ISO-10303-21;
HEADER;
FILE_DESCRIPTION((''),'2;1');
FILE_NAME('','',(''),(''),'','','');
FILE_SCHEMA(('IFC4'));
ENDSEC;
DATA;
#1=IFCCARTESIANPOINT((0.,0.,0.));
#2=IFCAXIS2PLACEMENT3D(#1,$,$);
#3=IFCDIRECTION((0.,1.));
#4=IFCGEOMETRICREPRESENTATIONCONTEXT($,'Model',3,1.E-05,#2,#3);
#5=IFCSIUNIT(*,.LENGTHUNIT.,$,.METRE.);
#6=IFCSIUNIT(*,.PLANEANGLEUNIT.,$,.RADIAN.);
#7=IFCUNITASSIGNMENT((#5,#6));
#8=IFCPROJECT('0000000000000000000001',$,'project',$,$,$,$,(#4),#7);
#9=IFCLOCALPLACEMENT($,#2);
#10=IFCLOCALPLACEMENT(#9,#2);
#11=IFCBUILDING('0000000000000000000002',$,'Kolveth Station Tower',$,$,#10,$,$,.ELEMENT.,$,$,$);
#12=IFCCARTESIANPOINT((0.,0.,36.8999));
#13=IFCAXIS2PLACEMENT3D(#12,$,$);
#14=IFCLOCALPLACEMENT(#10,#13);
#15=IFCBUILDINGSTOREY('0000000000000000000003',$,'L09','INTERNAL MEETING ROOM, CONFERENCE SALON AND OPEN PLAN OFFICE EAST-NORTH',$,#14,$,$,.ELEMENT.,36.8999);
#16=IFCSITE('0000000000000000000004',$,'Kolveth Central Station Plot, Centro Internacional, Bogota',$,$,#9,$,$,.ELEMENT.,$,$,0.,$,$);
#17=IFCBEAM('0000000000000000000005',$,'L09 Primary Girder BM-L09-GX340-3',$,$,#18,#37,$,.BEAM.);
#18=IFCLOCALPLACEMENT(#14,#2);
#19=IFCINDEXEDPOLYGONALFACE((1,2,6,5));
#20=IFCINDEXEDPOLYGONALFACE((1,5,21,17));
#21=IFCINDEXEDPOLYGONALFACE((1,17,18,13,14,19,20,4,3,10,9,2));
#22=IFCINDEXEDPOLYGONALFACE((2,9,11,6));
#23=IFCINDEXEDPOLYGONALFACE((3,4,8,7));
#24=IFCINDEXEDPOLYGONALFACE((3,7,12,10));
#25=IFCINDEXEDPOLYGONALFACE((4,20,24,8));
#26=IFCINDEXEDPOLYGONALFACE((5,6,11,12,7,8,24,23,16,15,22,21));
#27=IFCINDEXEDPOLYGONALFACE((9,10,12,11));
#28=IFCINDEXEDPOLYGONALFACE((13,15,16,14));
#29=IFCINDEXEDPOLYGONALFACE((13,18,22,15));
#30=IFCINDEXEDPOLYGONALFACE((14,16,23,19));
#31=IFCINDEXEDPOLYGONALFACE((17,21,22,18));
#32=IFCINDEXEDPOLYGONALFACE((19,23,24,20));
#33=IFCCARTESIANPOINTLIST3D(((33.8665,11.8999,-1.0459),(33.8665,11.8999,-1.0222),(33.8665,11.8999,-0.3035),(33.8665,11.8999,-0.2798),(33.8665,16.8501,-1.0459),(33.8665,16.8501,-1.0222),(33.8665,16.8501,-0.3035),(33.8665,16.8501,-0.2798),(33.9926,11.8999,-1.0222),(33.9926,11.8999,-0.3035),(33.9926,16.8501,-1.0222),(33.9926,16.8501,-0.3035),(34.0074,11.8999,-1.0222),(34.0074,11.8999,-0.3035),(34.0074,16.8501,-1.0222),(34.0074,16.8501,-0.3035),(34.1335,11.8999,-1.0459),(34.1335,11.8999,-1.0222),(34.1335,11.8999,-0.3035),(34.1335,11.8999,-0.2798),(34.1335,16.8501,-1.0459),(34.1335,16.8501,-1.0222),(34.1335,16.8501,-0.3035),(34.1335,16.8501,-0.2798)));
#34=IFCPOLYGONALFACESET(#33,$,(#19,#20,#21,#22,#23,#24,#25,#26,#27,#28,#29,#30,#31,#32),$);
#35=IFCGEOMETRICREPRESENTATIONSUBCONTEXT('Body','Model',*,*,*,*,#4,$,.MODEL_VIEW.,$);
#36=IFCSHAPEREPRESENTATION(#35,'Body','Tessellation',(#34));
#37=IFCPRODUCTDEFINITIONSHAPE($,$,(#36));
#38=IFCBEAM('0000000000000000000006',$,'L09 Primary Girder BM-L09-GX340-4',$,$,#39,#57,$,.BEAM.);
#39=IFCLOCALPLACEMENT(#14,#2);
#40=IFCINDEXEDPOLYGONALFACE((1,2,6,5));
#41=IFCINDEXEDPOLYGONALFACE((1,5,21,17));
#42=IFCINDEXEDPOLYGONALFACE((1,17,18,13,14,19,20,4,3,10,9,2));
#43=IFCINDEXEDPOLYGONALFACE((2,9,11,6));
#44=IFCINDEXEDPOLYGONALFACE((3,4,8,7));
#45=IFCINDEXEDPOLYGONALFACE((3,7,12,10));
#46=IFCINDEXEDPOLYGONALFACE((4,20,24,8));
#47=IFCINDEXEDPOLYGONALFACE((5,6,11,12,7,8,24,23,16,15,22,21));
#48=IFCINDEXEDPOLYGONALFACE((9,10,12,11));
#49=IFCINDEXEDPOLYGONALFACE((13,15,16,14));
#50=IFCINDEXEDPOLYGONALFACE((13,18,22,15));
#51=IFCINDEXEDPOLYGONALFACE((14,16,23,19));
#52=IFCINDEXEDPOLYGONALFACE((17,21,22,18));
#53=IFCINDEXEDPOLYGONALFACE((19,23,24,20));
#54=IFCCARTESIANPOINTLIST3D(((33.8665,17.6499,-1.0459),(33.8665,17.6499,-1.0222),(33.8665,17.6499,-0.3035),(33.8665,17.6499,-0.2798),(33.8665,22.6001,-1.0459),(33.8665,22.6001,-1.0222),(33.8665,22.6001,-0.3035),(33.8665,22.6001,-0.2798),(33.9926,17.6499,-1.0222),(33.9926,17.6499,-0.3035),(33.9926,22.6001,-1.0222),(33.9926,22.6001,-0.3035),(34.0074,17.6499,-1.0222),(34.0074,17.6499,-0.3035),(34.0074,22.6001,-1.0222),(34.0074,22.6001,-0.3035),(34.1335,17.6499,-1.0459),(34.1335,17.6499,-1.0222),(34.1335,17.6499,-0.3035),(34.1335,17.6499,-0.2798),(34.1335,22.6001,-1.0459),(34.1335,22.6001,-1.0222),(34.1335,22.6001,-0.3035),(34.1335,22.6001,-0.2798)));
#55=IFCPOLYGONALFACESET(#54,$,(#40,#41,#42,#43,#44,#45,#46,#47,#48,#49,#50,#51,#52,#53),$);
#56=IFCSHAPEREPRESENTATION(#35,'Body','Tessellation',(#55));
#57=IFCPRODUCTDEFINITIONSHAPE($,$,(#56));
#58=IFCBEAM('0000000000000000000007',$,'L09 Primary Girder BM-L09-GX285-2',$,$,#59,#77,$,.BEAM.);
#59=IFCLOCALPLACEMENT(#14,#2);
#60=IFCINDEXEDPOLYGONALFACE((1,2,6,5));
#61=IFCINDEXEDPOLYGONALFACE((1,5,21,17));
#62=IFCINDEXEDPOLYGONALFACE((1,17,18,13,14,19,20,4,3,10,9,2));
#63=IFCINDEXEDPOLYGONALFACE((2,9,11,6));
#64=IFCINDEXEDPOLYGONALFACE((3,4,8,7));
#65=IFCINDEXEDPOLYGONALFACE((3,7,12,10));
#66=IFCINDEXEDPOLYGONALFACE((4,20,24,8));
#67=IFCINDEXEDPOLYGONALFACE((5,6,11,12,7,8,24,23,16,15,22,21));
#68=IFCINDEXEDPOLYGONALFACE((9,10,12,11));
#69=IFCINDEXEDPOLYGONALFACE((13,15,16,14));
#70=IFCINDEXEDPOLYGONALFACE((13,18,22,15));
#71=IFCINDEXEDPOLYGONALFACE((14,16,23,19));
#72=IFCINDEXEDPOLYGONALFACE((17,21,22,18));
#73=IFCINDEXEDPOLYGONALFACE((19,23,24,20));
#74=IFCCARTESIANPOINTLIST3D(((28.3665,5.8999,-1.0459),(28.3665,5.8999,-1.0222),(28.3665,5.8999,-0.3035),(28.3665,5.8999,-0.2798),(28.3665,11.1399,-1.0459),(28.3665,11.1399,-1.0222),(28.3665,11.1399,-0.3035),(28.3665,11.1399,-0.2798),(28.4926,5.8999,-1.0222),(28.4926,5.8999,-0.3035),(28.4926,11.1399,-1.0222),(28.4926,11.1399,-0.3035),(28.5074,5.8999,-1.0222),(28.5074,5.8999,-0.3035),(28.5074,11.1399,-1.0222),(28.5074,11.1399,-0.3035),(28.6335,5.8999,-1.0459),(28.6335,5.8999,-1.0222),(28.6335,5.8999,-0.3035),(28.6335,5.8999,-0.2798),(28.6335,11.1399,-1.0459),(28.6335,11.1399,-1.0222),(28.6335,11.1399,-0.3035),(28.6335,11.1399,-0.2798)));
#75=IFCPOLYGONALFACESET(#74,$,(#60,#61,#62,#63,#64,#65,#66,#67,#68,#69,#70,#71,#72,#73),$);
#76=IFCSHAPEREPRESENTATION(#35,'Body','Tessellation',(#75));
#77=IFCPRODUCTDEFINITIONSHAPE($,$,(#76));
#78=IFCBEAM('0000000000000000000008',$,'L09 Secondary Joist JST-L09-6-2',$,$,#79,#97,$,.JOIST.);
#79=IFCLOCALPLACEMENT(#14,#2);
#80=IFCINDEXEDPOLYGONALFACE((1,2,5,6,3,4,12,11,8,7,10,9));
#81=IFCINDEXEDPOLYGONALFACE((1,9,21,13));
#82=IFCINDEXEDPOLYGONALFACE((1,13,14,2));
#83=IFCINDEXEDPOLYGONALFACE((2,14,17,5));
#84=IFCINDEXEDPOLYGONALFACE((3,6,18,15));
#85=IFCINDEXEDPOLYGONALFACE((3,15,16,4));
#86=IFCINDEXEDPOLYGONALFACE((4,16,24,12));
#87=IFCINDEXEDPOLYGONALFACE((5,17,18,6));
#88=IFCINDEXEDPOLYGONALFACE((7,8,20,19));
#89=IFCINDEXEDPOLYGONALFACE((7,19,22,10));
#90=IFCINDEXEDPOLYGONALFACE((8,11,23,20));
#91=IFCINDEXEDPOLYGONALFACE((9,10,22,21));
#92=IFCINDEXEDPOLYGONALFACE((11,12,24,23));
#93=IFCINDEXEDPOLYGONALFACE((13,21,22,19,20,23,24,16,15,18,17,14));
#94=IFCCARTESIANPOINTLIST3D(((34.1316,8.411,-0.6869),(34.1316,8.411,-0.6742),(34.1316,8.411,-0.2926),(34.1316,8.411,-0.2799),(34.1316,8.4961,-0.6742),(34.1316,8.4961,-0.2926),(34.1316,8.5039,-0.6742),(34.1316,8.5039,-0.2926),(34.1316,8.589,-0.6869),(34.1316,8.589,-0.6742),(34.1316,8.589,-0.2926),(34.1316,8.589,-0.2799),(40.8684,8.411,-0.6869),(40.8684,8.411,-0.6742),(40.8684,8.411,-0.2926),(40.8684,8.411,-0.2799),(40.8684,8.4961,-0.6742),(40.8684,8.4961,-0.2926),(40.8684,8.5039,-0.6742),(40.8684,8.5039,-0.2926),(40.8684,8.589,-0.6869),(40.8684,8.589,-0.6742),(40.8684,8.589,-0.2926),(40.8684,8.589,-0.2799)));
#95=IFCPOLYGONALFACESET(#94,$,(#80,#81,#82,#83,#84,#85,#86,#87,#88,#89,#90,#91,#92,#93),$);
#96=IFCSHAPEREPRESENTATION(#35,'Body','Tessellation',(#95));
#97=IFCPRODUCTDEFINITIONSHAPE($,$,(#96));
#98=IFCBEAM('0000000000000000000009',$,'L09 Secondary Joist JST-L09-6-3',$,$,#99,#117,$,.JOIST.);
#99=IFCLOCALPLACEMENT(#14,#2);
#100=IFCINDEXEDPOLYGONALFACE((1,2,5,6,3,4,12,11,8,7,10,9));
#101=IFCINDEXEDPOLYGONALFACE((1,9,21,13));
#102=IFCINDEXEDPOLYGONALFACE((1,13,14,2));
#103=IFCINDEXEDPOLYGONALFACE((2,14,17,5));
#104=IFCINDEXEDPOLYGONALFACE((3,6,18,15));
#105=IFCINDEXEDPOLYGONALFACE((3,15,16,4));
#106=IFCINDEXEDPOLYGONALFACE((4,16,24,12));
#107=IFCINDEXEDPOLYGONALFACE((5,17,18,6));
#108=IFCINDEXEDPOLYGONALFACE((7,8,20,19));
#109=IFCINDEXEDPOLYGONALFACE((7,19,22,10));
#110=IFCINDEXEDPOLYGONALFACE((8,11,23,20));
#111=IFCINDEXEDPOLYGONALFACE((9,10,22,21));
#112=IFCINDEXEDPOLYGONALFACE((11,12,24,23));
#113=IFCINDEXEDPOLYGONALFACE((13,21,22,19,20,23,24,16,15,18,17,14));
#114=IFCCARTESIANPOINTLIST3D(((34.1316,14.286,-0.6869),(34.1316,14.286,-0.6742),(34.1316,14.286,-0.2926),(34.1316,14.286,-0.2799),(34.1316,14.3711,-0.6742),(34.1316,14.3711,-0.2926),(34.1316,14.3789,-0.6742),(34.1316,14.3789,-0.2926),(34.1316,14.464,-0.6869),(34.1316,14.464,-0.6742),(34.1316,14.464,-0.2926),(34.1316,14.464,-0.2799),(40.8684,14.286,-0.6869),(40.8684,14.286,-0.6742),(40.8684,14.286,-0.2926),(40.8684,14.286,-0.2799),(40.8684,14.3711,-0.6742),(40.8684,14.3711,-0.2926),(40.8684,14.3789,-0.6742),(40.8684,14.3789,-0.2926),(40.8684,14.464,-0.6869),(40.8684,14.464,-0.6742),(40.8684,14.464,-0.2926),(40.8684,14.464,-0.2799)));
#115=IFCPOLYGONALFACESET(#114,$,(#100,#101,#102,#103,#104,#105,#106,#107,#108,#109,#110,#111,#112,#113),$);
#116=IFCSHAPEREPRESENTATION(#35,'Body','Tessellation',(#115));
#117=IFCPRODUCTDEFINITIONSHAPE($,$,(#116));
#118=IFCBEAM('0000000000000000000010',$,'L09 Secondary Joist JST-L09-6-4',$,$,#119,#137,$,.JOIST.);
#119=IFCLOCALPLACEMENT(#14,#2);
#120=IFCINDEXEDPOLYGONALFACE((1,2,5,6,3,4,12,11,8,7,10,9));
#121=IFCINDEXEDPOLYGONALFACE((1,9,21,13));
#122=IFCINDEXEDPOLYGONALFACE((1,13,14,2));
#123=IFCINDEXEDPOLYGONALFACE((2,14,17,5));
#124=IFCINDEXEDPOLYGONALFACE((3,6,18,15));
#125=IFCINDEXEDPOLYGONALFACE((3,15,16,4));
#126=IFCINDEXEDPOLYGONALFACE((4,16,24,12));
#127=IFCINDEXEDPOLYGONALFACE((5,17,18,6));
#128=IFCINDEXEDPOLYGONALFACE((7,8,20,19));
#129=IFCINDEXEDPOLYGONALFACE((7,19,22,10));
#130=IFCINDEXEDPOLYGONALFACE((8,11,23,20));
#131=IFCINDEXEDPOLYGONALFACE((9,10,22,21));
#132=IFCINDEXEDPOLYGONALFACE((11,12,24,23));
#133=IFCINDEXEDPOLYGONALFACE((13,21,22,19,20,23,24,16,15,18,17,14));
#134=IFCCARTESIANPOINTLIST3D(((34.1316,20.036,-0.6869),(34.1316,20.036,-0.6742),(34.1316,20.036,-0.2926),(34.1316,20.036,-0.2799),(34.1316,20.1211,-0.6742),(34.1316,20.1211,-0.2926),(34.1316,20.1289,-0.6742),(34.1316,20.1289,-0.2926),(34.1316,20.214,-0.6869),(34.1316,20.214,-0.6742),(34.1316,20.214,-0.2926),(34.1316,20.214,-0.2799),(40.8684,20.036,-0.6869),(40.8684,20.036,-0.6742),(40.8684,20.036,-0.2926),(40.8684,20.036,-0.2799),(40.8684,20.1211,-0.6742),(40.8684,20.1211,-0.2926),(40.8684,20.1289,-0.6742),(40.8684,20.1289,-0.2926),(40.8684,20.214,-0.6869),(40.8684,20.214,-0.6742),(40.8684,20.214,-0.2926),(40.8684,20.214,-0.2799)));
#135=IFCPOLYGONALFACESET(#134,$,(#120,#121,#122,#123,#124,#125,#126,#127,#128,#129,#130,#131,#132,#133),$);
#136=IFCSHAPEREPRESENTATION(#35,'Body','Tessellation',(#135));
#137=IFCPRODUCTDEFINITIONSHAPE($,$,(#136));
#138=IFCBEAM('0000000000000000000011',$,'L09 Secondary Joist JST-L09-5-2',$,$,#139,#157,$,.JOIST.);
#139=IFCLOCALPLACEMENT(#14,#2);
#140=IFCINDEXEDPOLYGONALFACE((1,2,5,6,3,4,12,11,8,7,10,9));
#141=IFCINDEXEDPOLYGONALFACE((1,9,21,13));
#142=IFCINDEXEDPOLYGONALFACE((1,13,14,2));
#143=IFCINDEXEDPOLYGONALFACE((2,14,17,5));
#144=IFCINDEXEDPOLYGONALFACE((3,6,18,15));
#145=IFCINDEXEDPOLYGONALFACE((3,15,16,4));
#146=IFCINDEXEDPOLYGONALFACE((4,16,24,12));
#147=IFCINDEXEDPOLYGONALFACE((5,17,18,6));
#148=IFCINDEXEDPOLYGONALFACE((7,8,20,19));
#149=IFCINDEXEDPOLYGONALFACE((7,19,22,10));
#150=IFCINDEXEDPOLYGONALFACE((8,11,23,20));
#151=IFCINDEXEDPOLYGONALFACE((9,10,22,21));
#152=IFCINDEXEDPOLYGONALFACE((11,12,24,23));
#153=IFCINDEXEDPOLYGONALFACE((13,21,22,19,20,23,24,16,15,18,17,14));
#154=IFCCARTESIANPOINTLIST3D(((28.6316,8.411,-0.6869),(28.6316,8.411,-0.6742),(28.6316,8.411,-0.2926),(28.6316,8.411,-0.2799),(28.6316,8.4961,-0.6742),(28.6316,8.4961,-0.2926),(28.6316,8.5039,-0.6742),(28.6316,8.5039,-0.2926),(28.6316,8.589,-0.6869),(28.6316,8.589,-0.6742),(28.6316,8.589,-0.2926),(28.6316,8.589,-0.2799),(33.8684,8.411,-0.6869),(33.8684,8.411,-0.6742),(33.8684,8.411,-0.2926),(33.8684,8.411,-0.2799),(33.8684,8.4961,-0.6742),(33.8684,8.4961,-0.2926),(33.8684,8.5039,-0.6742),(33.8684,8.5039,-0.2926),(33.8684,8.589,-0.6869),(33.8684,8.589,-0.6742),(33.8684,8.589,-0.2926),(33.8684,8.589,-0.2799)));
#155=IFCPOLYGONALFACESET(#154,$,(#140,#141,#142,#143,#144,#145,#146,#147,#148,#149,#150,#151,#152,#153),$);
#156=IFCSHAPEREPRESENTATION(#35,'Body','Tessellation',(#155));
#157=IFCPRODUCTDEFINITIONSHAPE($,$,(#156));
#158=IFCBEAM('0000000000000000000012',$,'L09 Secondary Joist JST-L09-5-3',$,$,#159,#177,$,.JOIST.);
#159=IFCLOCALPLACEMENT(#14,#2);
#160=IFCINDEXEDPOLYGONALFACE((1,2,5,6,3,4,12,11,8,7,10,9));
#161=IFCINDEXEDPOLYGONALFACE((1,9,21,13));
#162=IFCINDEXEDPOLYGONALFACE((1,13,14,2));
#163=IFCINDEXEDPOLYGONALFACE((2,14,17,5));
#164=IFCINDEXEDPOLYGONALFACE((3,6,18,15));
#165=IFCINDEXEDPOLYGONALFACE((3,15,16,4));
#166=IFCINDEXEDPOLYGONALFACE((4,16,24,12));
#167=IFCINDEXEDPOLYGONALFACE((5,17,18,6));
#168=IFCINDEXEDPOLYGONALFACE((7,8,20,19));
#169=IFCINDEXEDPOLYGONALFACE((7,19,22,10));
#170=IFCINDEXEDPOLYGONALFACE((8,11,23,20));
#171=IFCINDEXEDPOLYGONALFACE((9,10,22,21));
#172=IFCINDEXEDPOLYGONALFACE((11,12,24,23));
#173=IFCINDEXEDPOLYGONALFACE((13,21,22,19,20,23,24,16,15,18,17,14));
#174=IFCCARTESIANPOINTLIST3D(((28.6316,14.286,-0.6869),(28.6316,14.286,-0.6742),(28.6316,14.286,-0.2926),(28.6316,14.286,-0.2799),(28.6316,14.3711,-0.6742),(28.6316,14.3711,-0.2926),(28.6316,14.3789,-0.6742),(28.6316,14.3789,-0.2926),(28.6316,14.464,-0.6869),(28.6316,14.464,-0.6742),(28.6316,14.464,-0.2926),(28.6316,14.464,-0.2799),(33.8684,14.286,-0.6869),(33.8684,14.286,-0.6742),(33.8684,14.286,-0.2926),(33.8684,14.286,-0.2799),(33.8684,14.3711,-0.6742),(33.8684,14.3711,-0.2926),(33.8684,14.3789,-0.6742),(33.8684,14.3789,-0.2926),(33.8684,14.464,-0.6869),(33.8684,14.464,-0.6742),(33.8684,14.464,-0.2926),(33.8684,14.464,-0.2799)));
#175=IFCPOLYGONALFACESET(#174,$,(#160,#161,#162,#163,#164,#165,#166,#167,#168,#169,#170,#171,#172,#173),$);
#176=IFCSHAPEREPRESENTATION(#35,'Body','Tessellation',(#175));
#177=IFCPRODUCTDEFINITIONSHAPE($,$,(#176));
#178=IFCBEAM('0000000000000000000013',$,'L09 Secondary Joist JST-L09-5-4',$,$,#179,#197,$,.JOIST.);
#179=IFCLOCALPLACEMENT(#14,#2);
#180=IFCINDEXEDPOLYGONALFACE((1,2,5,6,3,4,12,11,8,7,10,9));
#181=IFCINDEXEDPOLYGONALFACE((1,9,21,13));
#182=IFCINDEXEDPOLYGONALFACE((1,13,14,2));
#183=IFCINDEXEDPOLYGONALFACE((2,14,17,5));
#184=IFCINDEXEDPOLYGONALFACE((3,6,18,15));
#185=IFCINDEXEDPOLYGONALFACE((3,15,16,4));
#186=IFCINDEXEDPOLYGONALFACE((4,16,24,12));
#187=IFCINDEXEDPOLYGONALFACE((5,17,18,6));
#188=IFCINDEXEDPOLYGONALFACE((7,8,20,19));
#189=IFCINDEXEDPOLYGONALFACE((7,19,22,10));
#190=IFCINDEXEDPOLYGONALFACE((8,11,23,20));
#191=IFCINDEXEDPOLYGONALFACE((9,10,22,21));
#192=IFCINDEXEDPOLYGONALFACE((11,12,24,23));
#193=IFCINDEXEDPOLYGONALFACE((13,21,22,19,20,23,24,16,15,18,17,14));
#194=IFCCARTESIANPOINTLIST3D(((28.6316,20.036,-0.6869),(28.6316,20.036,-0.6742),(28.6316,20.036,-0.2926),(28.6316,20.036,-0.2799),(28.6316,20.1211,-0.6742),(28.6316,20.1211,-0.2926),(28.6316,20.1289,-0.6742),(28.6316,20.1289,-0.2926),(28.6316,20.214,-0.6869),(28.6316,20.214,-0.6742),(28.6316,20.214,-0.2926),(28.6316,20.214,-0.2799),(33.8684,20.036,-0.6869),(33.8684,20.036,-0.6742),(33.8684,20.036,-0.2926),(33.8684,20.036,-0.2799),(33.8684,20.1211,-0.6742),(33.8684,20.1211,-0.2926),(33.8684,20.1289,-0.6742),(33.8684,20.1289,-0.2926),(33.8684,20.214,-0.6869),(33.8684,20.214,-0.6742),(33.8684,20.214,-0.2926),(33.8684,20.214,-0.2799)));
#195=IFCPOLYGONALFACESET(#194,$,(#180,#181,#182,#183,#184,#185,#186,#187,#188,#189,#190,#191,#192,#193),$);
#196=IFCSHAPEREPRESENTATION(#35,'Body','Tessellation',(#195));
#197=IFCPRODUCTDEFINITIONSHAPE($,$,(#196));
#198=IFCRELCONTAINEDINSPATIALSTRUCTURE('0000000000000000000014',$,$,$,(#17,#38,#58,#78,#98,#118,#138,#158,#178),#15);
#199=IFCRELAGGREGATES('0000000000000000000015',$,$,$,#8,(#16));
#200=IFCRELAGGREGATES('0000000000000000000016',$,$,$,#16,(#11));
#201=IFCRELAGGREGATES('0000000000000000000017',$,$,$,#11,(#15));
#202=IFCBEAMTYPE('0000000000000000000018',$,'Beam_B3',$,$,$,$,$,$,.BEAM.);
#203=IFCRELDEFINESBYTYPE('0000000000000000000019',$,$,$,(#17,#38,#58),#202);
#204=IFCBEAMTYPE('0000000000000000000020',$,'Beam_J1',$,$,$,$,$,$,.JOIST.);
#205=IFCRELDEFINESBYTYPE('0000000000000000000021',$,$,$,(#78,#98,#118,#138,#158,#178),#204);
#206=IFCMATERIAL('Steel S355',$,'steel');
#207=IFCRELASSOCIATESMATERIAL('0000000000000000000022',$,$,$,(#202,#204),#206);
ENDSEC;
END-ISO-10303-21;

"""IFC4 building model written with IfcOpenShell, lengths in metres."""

from ifc_helpers import new_model, si_unit, direction, frame, origin, origin_2d, place, context, subcontext, project, spatial, i_section, extrude, source, transform, mapped, material, material_profile, profile_set, type_object, element, save


model = new_model("IFC4")

# Units and contexts
model_context = context("Model", 3, precision=1e-05, world=origin(), true_north=direction((0.0, 1.0)))
body_context = subcontext(model_context, "Body", "Model", "MODEL_VIEW")
ifc_project = project(units=[si_unit("LENGTHUNIT", "METRE"), si_unit("PLANEANGLEUNIT", "RADIAN")], contexts=[model_context])

# Site, building, storey
site_placement = place(None, origin())
site = spatial("IfcSite", under=ifc_project, at=site_placement, Name="Kolveth Central Station Plot, Centro Internacional, Bogota", CompositionType="ELEMENT", RefElevation=0.0)
building_placement = place(site_placement, origin())
building = spatial("IfcBuilding", under=site, at=building_placement, Name="Kolveth Station Tower", CompositionType="ELEMENT")
storey_placement = place(building_placement, frame((0.0, 0.0, 36.8999)))
storey = spatial("IfcBuildingStorey", under=building, at=storey_placement, Name="L09", Description="INTERNAL MEETING ROOM, CONFERENCE SALON AND OPEN PLAN OFFICE EAST-NORTH", CompositionType="ELEMENT", Elevation=36.8999)

# Beams
ifc_material_1 = material(Name="Steel S355", Category="steel")
ifc_material_profile_1 = material_profile(ifc_material_1, i_section(OverallWidth=0.2671, OverallDepth=0.7661, WebThickness=0.0149, FlangeThickness=0.0237, at=origin_2d()), Name="W760x185")
ifc_profile_set_1 = profile_set([ifc_material_profile_1], Name="Steel S355")
beam_type_1 = type_object("IfcBeamType", Name="Beam_B3", PredefinedType="BEAM", material=ifc_profile_set_1)
shared_shape_1 = source(origin(), body_context, "Body", "SweptSolid", [
    extrude(i_section(OverallWidth=0.2671, OverallDepth=0.7661, WebThickness=0.0149, FlangeThickness=0.0237, at=origin_2d()), origin(), (0.0, 0.0, 1.0), 4.9502),
])
for number, where, z_axis, x_axis, name in (
    (1, (34.0, 11.8999, -0.6628), (0.0, 1.0, 0.0), (-1.0, 0.0, 0.0), "L09 Primary Girder BM-L09-GX340-3"),
    (2, (34.0, 17.6499, -0.6628), (0.0, 1.0, 0.0), (-1.0, 0.0, 0.0), "L09 Primary Girder BM-L09-GX340-4"),
):
    element("IfcBeam", number, at=place(storey_placement, frame(where, z_axis=z_axis, x_axis=x_axis)), inside=storey, type_object=beam_type_1, Name=name, PredefinedType="BEAM", context=body_context, shape_type="MappedRepresentation", body=[
        mapped(shared_shape_1, transform((0.0, 0.0, 0.0), x_axis=(1.0, 0.0, 0.0), y_axis=(0.0, 1.0, 0.0), z_axis=(0.0, 0.0, 1.0), scale=1.0)),
    ])
shared_shape_2 = source(origin(), body_context, "Body", "SweptSolid", [
    extrude(i_section(OverallWidth=0.2671, OverallDepth=0.7661, WebThickness=0.0149, FlangeThickness=0.0237, at=origin_2d()), origin(), (0.0, 0.0, 1.0), 5.24),
])
beam_1_placement = place(storey_placement, frame((28.5, 5.8999, -0.6628), z_axis=(0.0, 1.0, 0.0), x_axis=(-1.0, 0.0, 0.0)))
element("IfcBeam", 3, at=beam_1_placement, inside=storey, type_object=beam_type_1, Name="L09 Primary Girder BM-L09-GX285-2", PredefinedType="BEAM", context=body_context, shape_type="MappedRepresentation", body=[
    mapped(shared_shape_2, transform((0.0, 0.0, 0.0), x_axis=(1.0, 0.0, 0.0), y_axis=(0.0, 1.0, 0.0), z_axis=(0.0, 0.0, 1.0), scale=1.0)),
])
ifc_material_profile_2 = material_profile(ifc_material_1, i_section(OverallWidth=0.178, OverallDepth=0.407, WebThickness=0.0078, FlangeThickness=0.0127, at=origin_2d()), Name="W410x60")
ifc_profile_set_2 = profile_set([ifc_material_profile_2], Name="Steel S355")
beam_type_2 = type_object("IfcBeamType", Name="Beam_J1", PredefinedType="JOIST", material=ifc_profile_set_2)
shared_shape_3 = source(origin(), body_context, "Body", "SweptSolid", [
    extrude(i_section(OverallWidth=0.178, OverallDepth=0.407, WebThickness=0.0078, FlangeThickness=0.0127, at=origin_2d()), origin(), (0.0, 0.0, 1.0), 6.7368),
])
for number, where, z_axis, x_axis, name in (
    (4, (34.1316, 8.5, -0.4834), (1.0, 0.0, 0.0), (0.0, 1.0, 0.0), "L09 Secondary Joist JST-L09-6-2"),
    (5, (34.1316, 14.375, -0.4834), (1.0, 0.0, 0.0), (0.0, 1.0, 0.0), "L09 Secondary Joist JST-L09-6-3"),
    (6, (34.1316, 20.125, -0.4834), (1.0, 0.0, 0.0), (0.0, 1.0, 0.0), "L09 Secondary Joist JST-L09-6-4"),
):
    element("IfcBeam", number, at=place(storey_placement, frame(where, z_axis=z_axis, x_axis=x_axis)), inside=storey, type_object=beam_type_2, Name=name, PredefinedType="JOIST", context=body_context, shape_type="MappedRepresentation", body=[
        mapped(shared_shape_3, transform((0.0, 0.0, 0.0), x_axis=(1.0, 0.0, 0.0), y_axis=(0.0, 1.0, 0.0), z_axis=(0.0, 0.0, 1.0), scale=1.0)),
    ])
shared_shape_4 = source(origin(), body_context, "Body", "SweptSolid", [
    extrude(i_section(OverallWidth=0.178, OverallDepth=0.407, WebThickness=0.0078, FlangeThickness=0.0127, at=origin_2d()), origin(), (0.0, 0.0, 1.0), 5.2368),
])
for number, where, z_axis, x_axis, name in (
    (7, (28.6316, 8.5, -0.4834), (1.0, 0.0, 0.0), (0.0, 1.0, 0.0), "L09 Secondary Joist JST-L09-5-2"),
    (8, (28.6316, 14.375, -0.4834), (1.0, 0.0, 0.0), (0.0, 1.0, 0.0), "L09 Secondary Joist JST-L09-5-3"),
    (9, (28.6316, 20.125, -0.4834), (1.0, 0.0, 0.0), (0.0, 1.0, 0.0), "L09 Secondary Joist JST-L09-5-4"),
):
    element("IfcBeam", number, at=place(storey_placement, frame(where, z_axis=z_axis, x_axis=x_axis)), inside=storey, type_object=beam_type_2, Name=name, PredefinedType="JOIST", context=body_context, shape_type="MappedRepresentation", body=[
        mapped(shared_shape_4, transform((0.0, 0.0, 0.0), x_axis=(1.0, 0.0, 0.0), y_axis=(0.0, 1.0, 0.0), z_axis=(0.0, 0.0, 1.0), scale=1.0)),
    ])

save(model, "model.ifc")
